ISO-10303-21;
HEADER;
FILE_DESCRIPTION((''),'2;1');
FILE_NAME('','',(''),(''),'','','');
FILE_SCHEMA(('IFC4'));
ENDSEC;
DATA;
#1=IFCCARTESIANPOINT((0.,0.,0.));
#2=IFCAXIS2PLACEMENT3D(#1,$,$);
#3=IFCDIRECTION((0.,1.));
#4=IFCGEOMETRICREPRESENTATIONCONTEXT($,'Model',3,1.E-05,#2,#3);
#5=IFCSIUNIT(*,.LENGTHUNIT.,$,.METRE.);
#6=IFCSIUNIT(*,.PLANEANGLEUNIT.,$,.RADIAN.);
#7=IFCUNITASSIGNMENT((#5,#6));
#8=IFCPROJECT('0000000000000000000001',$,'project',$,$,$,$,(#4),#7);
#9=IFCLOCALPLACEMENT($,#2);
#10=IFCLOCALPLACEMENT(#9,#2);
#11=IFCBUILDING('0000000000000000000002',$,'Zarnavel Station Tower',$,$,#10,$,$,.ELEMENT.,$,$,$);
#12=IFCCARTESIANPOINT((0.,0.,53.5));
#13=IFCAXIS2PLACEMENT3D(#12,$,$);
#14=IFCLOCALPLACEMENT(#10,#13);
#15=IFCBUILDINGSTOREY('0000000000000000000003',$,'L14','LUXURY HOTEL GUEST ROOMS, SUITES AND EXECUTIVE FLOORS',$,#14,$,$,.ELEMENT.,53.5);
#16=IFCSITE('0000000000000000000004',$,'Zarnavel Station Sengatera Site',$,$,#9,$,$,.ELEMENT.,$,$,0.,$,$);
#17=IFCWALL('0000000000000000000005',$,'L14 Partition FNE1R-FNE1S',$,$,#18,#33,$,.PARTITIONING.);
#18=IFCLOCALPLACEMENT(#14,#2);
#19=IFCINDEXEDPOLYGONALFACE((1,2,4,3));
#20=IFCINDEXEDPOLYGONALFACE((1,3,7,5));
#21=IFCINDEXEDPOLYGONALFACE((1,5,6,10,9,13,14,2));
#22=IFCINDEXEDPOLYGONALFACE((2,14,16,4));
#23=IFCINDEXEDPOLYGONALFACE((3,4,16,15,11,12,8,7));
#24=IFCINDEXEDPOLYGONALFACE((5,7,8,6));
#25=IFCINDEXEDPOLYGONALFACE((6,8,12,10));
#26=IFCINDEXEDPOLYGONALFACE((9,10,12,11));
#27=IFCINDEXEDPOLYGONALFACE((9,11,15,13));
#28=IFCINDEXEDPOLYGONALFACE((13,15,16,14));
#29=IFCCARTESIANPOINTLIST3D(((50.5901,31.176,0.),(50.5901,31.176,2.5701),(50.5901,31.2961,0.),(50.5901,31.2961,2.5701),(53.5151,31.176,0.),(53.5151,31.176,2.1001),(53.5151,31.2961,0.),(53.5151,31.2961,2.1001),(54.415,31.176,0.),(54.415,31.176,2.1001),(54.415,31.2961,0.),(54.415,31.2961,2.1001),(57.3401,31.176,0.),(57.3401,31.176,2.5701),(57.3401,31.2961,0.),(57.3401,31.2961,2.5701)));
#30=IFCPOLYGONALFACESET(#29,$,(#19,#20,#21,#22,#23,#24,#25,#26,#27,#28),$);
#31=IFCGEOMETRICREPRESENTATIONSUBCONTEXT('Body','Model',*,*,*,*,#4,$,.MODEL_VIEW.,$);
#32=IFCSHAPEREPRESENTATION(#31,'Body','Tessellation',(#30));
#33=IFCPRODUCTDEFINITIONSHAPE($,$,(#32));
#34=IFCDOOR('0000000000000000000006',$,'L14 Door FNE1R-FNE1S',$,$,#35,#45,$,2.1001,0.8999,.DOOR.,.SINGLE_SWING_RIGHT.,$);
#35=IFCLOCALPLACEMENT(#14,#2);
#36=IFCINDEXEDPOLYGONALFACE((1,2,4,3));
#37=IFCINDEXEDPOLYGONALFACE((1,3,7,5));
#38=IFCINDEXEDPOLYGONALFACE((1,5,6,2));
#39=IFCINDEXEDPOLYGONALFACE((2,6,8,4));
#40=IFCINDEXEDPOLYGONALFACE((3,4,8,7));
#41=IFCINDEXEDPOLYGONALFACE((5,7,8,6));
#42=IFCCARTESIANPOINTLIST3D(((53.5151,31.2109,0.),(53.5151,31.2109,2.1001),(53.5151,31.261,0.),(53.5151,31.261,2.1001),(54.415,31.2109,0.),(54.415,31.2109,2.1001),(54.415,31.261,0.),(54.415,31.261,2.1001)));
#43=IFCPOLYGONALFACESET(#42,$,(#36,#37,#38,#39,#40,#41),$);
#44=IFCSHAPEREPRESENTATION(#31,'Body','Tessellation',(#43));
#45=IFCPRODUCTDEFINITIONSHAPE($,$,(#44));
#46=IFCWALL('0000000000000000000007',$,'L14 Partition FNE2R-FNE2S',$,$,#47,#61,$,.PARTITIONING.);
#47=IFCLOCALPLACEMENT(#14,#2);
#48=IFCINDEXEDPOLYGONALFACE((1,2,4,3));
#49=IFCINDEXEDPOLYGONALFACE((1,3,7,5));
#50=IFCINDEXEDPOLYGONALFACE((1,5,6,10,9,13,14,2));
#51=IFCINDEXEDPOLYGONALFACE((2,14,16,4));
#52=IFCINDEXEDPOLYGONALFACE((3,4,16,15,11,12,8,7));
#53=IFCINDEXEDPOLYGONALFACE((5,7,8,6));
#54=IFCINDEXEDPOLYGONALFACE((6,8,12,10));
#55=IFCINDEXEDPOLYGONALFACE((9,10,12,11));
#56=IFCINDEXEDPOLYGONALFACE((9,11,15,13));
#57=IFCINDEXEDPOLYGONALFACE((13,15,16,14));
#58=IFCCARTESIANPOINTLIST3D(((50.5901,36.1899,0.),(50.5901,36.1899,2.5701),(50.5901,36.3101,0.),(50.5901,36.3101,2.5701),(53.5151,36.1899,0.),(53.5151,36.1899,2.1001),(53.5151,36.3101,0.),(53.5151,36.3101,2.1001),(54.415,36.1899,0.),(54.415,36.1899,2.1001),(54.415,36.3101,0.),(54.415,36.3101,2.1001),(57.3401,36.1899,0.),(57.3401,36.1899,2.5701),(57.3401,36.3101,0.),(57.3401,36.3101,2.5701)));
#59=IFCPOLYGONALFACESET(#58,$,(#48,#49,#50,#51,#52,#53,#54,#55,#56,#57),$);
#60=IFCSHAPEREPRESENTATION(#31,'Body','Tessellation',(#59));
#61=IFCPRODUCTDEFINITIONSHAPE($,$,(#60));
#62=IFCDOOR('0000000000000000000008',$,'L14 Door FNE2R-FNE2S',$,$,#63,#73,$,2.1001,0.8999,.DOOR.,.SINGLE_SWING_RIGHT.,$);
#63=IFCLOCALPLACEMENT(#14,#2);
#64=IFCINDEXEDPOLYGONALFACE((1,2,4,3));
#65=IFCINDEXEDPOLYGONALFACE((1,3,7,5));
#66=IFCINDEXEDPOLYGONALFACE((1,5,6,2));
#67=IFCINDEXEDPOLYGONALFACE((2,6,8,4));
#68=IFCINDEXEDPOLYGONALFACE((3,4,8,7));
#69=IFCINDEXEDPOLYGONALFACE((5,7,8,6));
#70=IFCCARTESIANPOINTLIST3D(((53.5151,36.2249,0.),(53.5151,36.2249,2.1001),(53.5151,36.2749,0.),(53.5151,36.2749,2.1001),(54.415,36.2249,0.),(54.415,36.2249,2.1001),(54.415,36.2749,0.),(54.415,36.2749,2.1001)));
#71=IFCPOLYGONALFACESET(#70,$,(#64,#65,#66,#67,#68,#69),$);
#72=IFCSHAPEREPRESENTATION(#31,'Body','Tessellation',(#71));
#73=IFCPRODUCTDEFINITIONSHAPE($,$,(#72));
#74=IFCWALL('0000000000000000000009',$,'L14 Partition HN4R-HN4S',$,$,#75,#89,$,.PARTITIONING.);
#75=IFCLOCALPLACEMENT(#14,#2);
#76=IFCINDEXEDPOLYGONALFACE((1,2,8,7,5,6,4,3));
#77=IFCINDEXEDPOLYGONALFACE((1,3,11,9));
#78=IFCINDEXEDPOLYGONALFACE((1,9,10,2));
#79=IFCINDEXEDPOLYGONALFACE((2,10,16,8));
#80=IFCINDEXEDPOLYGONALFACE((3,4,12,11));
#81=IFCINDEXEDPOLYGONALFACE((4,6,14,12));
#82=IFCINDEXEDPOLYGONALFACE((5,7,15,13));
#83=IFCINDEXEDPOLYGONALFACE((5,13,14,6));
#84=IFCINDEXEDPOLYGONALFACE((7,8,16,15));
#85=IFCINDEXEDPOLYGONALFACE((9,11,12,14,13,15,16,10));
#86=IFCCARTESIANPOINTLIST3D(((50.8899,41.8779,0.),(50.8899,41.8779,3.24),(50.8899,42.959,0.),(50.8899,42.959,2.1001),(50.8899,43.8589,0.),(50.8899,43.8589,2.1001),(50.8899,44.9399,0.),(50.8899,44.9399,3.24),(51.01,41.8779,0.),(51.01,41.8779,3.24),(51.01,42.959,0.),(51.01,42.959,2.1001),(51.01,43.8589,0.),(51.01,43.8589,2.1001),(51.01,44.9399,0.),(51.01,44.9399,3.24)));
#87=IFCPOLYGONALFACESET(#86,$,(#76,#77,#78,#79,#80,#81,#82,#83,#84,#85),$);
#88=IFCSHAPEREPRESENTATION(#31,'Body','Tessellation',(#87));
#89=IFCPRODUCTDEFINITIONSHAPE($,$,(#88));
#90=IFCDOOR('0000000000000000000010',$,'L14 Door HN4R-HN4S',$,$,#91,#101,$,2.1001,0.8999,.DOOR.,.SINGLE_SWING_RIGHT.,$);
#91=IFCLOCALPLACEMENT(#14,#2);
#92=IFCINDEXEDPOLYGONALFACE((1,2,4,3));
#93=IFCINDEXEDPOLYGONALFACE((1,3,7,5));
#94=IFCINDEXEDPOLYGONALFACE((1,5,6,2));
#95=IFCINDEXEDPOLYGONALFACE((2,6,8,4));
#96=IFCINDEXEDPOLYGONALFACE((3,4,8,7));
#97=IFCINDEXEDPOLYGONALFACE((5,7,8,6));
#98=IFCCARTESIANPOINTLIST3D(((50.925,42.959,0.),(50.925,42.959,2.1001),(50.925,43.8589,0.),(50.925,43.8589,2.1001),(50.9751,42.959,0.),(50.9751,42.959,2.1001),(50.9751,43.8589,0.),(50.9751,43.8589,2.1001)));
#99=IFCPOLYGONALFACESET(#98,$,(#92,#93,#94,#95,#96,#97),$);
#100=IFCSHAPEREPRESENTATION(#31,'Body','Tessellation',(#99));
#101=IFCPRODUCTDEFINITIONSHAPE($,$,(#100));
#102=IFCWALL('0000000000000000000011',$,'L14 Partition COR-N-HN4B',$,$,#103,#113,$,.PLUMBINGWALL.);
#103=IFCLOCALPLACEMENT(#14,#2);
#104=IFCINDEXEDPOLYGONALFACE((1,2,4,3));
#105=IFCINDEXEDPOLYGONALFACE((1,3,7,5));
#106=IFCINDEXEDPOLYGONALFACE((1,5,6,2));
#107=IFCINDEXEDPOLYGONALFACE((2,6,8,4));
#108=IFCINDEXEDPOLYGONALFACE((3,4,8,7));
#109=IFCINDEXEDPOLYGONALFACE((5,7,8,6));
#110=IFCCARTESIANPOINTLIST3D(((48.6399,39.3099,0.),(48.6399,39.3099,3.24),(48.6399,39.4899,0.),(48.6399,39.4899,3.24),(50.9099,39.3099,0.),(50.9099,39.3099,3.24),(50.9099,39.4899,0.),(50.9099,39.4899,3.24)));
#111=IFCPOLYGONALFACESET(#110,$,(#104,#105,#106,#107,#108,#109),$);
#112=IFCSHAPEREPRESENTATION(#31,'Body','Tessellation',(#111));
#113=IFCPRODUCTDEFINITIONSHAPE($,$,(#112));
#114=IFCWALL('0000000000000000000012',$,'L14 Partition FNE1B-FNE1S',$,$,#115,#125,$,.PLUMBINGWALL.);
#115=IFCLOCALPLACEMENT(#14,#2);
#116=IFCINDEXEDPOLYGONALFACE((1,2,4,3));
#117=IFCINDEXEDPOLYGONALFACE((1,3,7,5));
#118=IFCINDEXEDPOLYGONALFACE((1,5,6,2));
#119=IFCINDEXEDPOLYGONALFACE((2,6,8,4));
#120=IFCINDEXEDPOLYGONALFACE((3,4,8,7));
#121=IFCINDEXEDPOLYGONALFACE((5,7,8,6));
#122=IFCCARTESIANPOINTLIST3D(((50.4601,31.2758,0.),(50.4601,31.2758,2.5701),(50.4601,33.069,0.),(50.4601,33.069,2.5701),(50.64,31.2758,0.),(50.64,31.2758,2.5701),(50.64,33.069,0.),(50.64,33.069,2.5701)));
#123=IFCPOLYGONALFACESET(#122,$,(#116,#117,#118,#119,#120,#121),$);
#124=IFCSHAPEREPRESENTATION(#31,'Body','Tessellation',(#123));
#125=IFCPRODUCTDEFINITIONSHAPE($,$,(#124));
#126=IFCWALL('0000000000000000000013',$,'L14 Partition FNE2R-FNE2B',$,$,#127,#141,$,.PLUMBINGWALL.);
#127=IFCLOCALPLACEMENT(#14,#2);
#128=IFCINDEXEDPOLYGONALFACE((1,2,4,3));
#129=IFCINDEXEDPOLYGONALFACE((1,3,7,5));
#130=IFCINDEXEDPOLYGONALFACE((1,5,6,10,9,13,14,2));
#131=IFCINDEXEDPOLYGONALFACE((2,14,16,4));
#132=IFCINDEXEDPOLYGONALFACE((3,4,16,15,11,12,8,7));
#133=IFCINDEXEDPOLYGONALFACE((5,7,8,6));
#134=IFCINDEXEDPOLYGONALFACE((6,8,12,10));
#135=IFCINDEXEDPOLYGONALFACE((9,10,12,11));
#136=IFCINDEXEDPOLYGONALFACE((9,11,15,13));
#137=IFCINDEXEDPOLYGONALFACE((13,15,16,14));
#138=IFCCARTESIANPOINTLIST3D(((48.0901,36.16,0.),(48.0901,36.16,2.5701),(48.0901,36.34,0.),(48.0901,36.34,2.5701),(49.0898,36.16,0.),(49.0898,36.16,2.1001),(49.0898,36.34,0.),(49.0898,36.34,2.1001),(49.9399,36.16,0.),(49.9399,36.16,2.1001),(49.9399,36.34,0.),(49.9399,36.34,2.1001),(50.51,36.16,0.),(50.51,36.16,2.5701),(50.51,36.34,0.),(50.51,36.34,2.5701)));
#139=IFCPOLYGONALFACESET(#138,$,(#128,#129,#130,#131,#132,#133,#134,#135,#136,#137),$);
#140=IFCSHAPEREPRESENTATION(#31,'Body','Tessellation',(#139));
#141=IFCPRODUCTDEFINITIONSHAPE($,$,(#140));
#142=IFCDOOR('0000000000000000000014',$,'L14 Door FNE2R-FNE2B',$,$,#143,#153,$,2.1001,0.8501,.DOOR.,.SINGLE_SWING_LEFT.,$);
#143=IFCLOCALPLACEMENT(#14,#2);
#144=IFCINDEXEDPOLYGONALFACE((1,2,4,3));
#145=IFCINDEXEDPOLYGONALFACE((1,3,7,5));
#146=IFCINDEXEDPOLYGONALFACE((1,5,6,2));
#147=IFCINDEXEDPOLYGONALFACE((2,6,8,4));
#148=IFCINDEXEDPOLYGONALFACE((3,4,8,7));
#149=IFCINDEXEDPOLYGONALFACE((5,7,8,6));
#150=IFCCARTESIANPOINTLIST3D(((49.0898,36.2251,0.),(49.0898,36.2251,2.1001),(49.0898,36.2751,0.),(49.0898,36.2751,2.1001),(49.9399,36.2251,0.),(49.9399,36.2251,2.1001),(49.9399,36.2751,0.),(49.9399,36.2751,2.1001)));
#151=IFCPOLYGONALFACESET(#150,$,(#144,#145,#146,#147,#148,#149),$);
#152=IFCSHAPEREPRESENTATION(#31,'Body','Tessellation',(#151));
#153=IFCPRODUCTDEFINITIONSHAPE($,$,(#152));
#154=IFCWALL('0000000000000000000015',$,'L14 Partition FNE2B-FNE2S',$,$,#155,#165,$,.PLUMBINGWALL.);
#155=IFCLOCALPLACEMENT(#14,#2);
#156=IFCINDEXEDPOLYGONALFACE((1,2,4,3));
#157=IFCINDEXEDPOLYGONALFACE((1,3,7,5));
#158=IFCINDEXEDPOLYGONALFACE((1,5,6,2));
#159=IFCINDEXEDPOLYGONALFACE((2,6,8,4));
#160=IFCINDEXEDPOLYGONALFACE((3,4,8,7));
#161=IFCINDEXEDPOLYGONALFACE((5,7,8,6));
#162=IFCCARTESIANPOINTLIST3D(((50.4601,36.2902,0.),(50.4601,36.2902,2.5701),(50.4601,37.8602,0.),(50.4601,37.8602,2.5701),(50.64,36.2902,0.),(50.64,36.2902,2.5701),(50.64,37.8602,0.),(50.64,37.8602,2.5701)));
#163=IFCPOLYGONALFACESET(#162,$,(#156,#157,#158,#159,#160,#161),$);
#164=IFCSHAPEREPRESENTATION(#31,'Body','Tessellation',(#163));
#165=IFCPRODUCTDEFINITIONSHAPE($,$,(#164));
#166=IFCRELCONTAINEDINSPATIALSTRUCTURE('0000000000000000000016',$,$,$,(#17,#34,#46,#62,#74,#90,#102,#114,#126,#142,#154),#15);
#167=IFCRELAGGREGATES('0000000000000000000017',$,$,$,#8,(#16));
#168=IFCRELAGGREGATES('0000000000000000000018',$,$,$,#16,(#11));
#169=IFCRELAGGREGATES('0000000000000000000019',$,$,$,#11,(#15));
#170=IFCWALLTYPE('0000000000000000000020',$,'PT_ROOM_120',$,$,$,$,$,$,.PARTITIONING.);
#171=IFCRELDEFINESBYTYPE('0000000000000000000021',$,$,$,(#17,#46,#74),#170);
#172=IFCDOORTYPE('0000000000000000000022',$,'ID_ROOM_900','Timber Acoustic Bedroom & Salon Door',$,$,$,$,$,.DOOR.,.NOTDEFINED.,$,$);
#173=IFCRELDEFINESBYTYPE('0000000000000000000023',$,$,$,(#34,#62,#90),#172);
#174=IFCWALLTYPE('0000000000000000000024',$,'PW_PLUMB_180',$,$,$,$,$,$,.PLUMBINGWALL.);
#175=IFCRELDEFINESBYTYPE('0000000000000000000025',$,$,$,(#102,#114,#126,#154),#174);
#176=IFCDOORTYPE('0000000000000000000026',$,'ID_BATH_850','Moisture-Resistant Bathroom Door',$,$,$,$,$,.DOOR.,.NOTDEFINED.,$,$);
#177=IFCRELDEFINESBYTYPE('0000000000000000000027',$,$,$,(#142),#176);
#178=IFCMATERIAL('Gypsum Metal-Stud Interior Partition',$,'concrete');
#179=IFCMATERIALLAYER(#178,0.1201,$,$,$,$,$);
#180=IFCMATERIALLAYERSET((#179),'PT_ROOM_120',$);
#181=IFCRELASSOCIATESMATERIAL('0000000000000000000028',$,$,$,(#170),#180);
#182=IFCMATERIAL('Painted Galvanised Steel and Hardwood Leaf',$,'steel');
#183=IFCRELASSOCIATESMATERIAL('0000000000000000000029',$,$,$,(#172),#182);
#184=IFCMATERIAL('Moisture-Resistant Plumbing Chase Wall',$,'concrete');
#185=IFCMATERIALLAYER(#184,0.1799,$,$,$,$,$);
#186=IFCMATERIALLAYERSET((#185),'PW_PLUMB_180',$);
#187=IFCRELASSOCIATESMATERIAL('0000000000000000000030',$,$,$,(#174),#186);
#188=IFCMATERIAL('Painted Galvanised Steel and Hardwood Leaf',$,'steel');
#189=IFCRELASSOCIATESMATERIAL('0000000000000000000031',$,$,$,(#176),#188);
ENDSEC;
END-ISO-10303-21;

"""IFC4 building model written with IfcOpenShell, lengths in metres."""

from ifc_helpers import new_model, si_unit, direction, frame, frame_2d, origin, place, context, subcontext, project, spatial, rectangle, extrude, material, layer, layer_set, type_object, element, fill, save


model = new_model("IFC4")

# Units and contexts
model_context = context("Model", 3, precision=1e-05, world=origin(), true_north=direction((0.0, 1.0)))
body_context = subcontext(model_context, "Body", "Model", "MODEL_VIEW")
ifc_project = project(units=[si_unit("LENGTHUNIT", "METRE"), si_unit("PLANEANGLEUNIT", "RADIAN")], contexts=[model_context])

# Site, building, storey
site_placement = place(None, origin())
site = spatial("IfcSite", under=ifc_project, at=site_placement, Name="Zarnavel Station Sengatera Site", CompositionType="ELEMENT", RefElevation=0.0)
building_placement = place(site_placement, origin())
building = spatial("IfcBuilding", under=site, at=building_placement, Name="Zarnavel Station Tower", CompositionType="ELEMENT")
storey_placement = place(building_placement, frame((0.0, 0.0, 53.5)))
storey = spatial("IfcBuildingStorey", under=building, at=storey_placement, Name="L14", Description="LUXURY HOTEL GUEST ROOMS, SUITES AND EXECUTIVE FLOORS", CompositionType="ELEMENT", Elevation=53.5)

# Walls, openings, doors
ifc_material_1 = material(Name="Gypsum Metal-Stud Interior Partition", Category="concrete")
ifc_layer_1 = layer(ifc_material_1, 0.1201)
ifc_layer_set_1 = layer_set([ifc_layer_1], Name="PT_ROOM_120")
wall_type_1 = type_object("IfcWallType", Name="PT_ROOM_120", PredefinedType="PARTITIONING", material=ifc_layer_set_1)
wall_1_placement = place(storey_placement, frame((50.5901, 31.2361, 0.0), z_axis=(0.0, 0.0, 1.0), x_axis=(1.0, 0.0, 0.0)))
wall_1 = element("IfcWall", 1, at=wall_1_placement, inside=storey, type_object=wall_type_1, Name="L14 Partition FNE1R-FNE1S", PredefinedType="PARTITIONING", context=body_context, shape_type="SweptSolid", body=[
    extrude(rectangle(XDim=6.75, YDim=0.1201, at=frame_2d((3.375, 0.0))), origin(), (0.0, 0.0, 1.0), 2.5701),
])
opening_1_placement = place(wall_1_placement, frame((2.925, 0.0, 0.0)))
opening_1 = element("IfcOpeningElement", 2, at=opening_1_placement, cuts=wall_1, PredefinedType="OPENING", context=body_context, shape_type="SweptSolid", body=[
    extrude(rectangle(XDim=0.8999, YDim=2.1001, at=frame_2d((0.45, 1.05))), frame((0.0, 0.0701, 0.0), z_axis=(0.0, -1.0, 0.0), x_axis=(1.0, 0.0, 0.0)), (0.0, 0.0, 1.0), 0.1401),
])
ifc_material_2 = material(Name="Painted Galvanised Steel and Hardwood Leaf", Category="steel")
door_type_1 = type_object("IfcDoorType", Name="ID_ROOM_900", Description="Timber Acoustic Bedroom & Salon Door", OperationType="NOTDEFINED", PredefinedType="DOOR", material=ifc_material_2)
door_1_placement = place(opening_1_placement, origin())
door_1 = element("IfcDoor", 3, at=door_1_placement, inside=storey, type_object=door_type_1, Name="L14 Door FNE1R-FNE1S", OperationType="SINGLE_SWING_RIGHT", OverallHeight=2.1001, OverallWidth=0.8999, PredefinedType="DOOR", context=body_context, shape_type="SweptSolid", body=[
    extrude(rectangle(XDim=0.8999, YDim=2.1001, at=frame_2d((0.45, 1.05))), frame((0.0, 0.0249, 0.0), z_axis=(0.0, -1.0, 0.0), x_axis=(1.0, 0.0, 0.0)), (0.0, 0.0, 1.0), 0.05),
])
fill(opening_1, door_1)
wall_2_placement = place(storey_placement, frame((50.5901, 36.25, 0.0), z_axis=(0.0, 0.0, 1.0), x_axis=(1.0, 0.0, 0.0)))
wall_2 = element("IfcWall", 4, at=wall_2_placement, inside=storey, type_object=wall_type_1, Name="L14 Partition FNE2R-FNE2S", PredefinedType="PARTITIONING", context=body_context, shape_type="SweptSolid", body=[
    extrude(rectangle(XDim=6.75, YDim=0.1201, at=frame_2d((3.375, 0.0))), origin(), (0.0, 0.0, 1.0), 2.5701),
])
opening_2_placement = place(wall_2_placement, frame((2.925, 0.0, 0.0)))
opening_2 = element("IfcOpeningElement", 5, at=opening_2_placement, cuts=wall_2, PredefinedType="OPENING", context=body_context, shape_type="SweptSolid", body=[
    extrude(rectangle(XDim=0.8999, YDim=2.1001, at=frame_2d((0.45, 1.05))), frame((0.0, 0.0701, 0.0), z_axis=(0.0, -1.0, 0.0), x_axis=(1.0, 0.0, 0.0)), (0.0, 0.0, 1.0), 0.1401),
])
door_2_placement = place(opening_2_placement, origin())
door_2 = element("IfcDoor", 6, at=door_2_placement, inside=storey, type_object=door_type_1, Name="L14 Door FNE2R-FNE2S", OperationType="SINGLE_SWING_RIGHT", OverallHeight=2.1001, OverallWidth=0.8999, PredefinedType="DOOR", context=body_context, shape_type="SweptSolid", body=[
    extrude(rectangle(XDim=0.8999, YDim=2.1001, at=frame_2d((0.45, 1.05))), frame((0.0, 0.0249, 0.0), z_axis=(0.0, -1.0, 0.0), x_axis=(1.0, 0.0, 0.0)), (0.0, 0.0, 1.0), 0.05),
])
fill(opening_2, door_2)
wall_3_placement = place(storey_placement, frame((50.95, 41.8779, 0.0), z_axis=(0.0, 0.0, 1.0), x_axis=(0.0, 1.0, 0.0)))
wall_3 = element("IfcWall", 7, at=wall_3_placement, inside=storey, type_object=wall_type_1, Name="L14 Partition HN4R-HN4S", PredefinedType="PARTITIONING", context=body_context, shape_type="SweptSolid", body=[
    extrude(rectangle(XDim=3.062, YDim=0.1201, at=frame_2d((1.531, 0.0))), origin(), (0.0, 0.0, 1.0), 3.24),
])
opening_3_placement = place(wall_3_placement, frame((1.0811, 0.0, 0.0)))
opening_3 = element("IfcOpeningElement", 8, at=opening_3_placement, cuts=wall_3, PredefinedType="OPENING", context=body_context, shape_type="SweptSolid", body=[
    extrude(rectangle(XDim=0.8999, YDim=2.1001, at=frame_2d((0.45, 1.05))), frame((0.0, 0.0701, 0.0), z_axis=(0.0, -1.0, 0.0), x_axis=(1.0, 0.0, 0.0)), (0.0, 0.0, 1.0), 0.1401),
])
door_3_placement = place(opening_3_placement, origin())
door_3 = element("IfcDoor", 9, at=door_3_placement, inside=storey, type_object=door_type_1, Name="L14 Door HN4R-HN4S", OperationType="SINGLE_SWING_RIGHT", OverallHeight=2.1001, OverallWidth=0.8999, PredefinedType="DOOR", context=body_context, shape_type="SweptSolid", body=[
    extrude(rectangle(XDim=0.8999, YDim=2.1001, at=frame_2d((0.45, 1.05))), frame((0.0, 0.0249, 0.0), z_axis=(0.0, -1.0, 0.0), x_axis=(1.0, 0.0, 0.0)), (0.0, 0.0, 1.0), 0.05),
])
fill(opening_3, door_3)

# Walls
ifc_material_3 = material(Name="Moisture-Resistant Plumbing Chase Wall", Category="concrete")
ifc_layer_2 = layer(ifc_material_3, 0.1799)
ifc_layer_set_2 = layer_set([ifc_layer_2], Name="PW_PLUMB_180")
wall_type_2 = type_object("IfcWallType", Name="PW_PLUMB_180", PredefinedType="PLUMBINGWALL", material=ifc_layer_set_2)
wall_4_placement = place(storey_placement, frame((48.6399, 39.3999, 0.0), z_axis=(0.0, 0.0, 1.0), x_axis=(1.0, 0.0, 0.0)))
element("IfcWall", 10, at=wall_4_placement, inside=storey, type_object=wall_type_2, Name="L14 Partition COR-N-HN4B", PredefinedType="PLUMBINGWALL", context=body_context, shape_type="SweptSolid", body=[
    extrude(rectangle(XDim=2.27, YDim=0.1799, at=frame_2d((1.135, 0.0))), origin(), (0.0, 0.0, 1.0), 3.24),
])
wall_5_placement = place(storey_placement, frame((50.55, 31.2759, 0.0), z_axis=(0.0, 0.0, 1.0), x_axis=(0.0, 1.0, 0.0)))
element("IfcWall", 11, at=wall_5_placement, inside=storey, type_object=wall_type_2, Name="L14 Partition FNE1B-FNE1S", PredefinedType="PLUMBINGWALL", context=body_context, shape_type="SweptSolid", body=[
    extrude(rectangle(XDim=1.7932, YDim=0.1799, at=frame_2d((0.8965, 0.0))), origin(), (0.0, 0.0, 1.0), 2.5701),
])

# Wall, opening, door
wall_6_placement = place(storey_placement, frame((50.51, 36.25, 0.0), z_axis=(0.0, 0.0, 1.0), x_axis=(-1.0, 0.0, 0.0)))
wall_6 = element("IfcWall", 12, at=wall_6_placement, inside=storey, type_object=wall_type_2, Name="L14 Partition FNE2R-FNE2B", PredefinedType="PLUMBINGWALL", context=body_context, shape_type="SweptSolid", body=[
    extrude(rectangle(XDim=2.4199, YDim=0.1799, at=frame_2d((1.21, 0.0))), origin(), (0.0, 0.0, 1.0), 2.5701),
])
opening_4_placement = place(wall_6_placement, frame((0.5701, 0.0, 0.0)))
opening_4 = element("IfcOpeningElement", 13, at=opening_4_placement, cuts=wall_6, PredefinedType="OPENING", context=body_context, shape_type="SweptSolid", body=[
    extrude(rectangle(XDim=0.8501, YDim=2.1001, at=frame_2d((0.425, 1.05))), frame((0.0, 0.0999, 0.0), z_axis=(0.0, -1.0, 0.0), x_axis=(1.0, 0.0, 0.0)), (0.0, 0.0, 1.0), 0.2),
])
ifc_material_4 = material(Name="Painted Galvanised Steel and Hardwood Leaf", Category="steel")
door_type_2 = type_object("IfcDoorType", Name="ID_BATH_850", Description="Moisture-Resistant Bathroom Door", OperationType="NOTDEFINED", PredefinedType="DOOR", material=ifc_material_4)
door_4_placement = place(opening_4_placement, origin())
door_4 = element("IfcDoor", 14, at=door_4_placement, inside=storey, type_object=door_type_2, Name="L14 Door FNE2R-FNE2B", OperationType="SINGLE_SWING_LEFT", OverallHeight=2.1001, OverallWidth=0.8501, PredefinedType="DOOR", context=body_context, shape_type="SweptSolid", body=[
    extrude(rectangle(XDim=0.8501, YDim=2.1001, at=frame_2d((0.425, 1.05))), frame((0.0, 0.0249, 0.0), z_axis=(0.0, -1.0, 0.0), x_axis=(1.0, 0.0, 0.0)), (0.0, 0.0, 1.0), 0.05),
])
fill(opening_4, door_4)

# Wall
wall_7_placement = place(storey_placement, frame((50.55, 36.29, 0.0), z_axis=(0.0, 0.0, 1.0), x_axis=(0.0, 1.0, 0.0)))
element("IfcWall", 15, at=wall_7_placement, inside=storey, type_object=wall_type_2, Name="L14 Partition FNE2B-FNE2S", PredefinedType="PLUMBINGWALL", context=body_context, shape_type="SweptSolid", body=[
    extrude(rectangle(XDim=1.5701, YDim=0.1799, at=frame_2d((0.7852, 0.0))), origin(), (0.0, 0.0, 1.0), 2.5701),
])

save(model, "model.ifc")
